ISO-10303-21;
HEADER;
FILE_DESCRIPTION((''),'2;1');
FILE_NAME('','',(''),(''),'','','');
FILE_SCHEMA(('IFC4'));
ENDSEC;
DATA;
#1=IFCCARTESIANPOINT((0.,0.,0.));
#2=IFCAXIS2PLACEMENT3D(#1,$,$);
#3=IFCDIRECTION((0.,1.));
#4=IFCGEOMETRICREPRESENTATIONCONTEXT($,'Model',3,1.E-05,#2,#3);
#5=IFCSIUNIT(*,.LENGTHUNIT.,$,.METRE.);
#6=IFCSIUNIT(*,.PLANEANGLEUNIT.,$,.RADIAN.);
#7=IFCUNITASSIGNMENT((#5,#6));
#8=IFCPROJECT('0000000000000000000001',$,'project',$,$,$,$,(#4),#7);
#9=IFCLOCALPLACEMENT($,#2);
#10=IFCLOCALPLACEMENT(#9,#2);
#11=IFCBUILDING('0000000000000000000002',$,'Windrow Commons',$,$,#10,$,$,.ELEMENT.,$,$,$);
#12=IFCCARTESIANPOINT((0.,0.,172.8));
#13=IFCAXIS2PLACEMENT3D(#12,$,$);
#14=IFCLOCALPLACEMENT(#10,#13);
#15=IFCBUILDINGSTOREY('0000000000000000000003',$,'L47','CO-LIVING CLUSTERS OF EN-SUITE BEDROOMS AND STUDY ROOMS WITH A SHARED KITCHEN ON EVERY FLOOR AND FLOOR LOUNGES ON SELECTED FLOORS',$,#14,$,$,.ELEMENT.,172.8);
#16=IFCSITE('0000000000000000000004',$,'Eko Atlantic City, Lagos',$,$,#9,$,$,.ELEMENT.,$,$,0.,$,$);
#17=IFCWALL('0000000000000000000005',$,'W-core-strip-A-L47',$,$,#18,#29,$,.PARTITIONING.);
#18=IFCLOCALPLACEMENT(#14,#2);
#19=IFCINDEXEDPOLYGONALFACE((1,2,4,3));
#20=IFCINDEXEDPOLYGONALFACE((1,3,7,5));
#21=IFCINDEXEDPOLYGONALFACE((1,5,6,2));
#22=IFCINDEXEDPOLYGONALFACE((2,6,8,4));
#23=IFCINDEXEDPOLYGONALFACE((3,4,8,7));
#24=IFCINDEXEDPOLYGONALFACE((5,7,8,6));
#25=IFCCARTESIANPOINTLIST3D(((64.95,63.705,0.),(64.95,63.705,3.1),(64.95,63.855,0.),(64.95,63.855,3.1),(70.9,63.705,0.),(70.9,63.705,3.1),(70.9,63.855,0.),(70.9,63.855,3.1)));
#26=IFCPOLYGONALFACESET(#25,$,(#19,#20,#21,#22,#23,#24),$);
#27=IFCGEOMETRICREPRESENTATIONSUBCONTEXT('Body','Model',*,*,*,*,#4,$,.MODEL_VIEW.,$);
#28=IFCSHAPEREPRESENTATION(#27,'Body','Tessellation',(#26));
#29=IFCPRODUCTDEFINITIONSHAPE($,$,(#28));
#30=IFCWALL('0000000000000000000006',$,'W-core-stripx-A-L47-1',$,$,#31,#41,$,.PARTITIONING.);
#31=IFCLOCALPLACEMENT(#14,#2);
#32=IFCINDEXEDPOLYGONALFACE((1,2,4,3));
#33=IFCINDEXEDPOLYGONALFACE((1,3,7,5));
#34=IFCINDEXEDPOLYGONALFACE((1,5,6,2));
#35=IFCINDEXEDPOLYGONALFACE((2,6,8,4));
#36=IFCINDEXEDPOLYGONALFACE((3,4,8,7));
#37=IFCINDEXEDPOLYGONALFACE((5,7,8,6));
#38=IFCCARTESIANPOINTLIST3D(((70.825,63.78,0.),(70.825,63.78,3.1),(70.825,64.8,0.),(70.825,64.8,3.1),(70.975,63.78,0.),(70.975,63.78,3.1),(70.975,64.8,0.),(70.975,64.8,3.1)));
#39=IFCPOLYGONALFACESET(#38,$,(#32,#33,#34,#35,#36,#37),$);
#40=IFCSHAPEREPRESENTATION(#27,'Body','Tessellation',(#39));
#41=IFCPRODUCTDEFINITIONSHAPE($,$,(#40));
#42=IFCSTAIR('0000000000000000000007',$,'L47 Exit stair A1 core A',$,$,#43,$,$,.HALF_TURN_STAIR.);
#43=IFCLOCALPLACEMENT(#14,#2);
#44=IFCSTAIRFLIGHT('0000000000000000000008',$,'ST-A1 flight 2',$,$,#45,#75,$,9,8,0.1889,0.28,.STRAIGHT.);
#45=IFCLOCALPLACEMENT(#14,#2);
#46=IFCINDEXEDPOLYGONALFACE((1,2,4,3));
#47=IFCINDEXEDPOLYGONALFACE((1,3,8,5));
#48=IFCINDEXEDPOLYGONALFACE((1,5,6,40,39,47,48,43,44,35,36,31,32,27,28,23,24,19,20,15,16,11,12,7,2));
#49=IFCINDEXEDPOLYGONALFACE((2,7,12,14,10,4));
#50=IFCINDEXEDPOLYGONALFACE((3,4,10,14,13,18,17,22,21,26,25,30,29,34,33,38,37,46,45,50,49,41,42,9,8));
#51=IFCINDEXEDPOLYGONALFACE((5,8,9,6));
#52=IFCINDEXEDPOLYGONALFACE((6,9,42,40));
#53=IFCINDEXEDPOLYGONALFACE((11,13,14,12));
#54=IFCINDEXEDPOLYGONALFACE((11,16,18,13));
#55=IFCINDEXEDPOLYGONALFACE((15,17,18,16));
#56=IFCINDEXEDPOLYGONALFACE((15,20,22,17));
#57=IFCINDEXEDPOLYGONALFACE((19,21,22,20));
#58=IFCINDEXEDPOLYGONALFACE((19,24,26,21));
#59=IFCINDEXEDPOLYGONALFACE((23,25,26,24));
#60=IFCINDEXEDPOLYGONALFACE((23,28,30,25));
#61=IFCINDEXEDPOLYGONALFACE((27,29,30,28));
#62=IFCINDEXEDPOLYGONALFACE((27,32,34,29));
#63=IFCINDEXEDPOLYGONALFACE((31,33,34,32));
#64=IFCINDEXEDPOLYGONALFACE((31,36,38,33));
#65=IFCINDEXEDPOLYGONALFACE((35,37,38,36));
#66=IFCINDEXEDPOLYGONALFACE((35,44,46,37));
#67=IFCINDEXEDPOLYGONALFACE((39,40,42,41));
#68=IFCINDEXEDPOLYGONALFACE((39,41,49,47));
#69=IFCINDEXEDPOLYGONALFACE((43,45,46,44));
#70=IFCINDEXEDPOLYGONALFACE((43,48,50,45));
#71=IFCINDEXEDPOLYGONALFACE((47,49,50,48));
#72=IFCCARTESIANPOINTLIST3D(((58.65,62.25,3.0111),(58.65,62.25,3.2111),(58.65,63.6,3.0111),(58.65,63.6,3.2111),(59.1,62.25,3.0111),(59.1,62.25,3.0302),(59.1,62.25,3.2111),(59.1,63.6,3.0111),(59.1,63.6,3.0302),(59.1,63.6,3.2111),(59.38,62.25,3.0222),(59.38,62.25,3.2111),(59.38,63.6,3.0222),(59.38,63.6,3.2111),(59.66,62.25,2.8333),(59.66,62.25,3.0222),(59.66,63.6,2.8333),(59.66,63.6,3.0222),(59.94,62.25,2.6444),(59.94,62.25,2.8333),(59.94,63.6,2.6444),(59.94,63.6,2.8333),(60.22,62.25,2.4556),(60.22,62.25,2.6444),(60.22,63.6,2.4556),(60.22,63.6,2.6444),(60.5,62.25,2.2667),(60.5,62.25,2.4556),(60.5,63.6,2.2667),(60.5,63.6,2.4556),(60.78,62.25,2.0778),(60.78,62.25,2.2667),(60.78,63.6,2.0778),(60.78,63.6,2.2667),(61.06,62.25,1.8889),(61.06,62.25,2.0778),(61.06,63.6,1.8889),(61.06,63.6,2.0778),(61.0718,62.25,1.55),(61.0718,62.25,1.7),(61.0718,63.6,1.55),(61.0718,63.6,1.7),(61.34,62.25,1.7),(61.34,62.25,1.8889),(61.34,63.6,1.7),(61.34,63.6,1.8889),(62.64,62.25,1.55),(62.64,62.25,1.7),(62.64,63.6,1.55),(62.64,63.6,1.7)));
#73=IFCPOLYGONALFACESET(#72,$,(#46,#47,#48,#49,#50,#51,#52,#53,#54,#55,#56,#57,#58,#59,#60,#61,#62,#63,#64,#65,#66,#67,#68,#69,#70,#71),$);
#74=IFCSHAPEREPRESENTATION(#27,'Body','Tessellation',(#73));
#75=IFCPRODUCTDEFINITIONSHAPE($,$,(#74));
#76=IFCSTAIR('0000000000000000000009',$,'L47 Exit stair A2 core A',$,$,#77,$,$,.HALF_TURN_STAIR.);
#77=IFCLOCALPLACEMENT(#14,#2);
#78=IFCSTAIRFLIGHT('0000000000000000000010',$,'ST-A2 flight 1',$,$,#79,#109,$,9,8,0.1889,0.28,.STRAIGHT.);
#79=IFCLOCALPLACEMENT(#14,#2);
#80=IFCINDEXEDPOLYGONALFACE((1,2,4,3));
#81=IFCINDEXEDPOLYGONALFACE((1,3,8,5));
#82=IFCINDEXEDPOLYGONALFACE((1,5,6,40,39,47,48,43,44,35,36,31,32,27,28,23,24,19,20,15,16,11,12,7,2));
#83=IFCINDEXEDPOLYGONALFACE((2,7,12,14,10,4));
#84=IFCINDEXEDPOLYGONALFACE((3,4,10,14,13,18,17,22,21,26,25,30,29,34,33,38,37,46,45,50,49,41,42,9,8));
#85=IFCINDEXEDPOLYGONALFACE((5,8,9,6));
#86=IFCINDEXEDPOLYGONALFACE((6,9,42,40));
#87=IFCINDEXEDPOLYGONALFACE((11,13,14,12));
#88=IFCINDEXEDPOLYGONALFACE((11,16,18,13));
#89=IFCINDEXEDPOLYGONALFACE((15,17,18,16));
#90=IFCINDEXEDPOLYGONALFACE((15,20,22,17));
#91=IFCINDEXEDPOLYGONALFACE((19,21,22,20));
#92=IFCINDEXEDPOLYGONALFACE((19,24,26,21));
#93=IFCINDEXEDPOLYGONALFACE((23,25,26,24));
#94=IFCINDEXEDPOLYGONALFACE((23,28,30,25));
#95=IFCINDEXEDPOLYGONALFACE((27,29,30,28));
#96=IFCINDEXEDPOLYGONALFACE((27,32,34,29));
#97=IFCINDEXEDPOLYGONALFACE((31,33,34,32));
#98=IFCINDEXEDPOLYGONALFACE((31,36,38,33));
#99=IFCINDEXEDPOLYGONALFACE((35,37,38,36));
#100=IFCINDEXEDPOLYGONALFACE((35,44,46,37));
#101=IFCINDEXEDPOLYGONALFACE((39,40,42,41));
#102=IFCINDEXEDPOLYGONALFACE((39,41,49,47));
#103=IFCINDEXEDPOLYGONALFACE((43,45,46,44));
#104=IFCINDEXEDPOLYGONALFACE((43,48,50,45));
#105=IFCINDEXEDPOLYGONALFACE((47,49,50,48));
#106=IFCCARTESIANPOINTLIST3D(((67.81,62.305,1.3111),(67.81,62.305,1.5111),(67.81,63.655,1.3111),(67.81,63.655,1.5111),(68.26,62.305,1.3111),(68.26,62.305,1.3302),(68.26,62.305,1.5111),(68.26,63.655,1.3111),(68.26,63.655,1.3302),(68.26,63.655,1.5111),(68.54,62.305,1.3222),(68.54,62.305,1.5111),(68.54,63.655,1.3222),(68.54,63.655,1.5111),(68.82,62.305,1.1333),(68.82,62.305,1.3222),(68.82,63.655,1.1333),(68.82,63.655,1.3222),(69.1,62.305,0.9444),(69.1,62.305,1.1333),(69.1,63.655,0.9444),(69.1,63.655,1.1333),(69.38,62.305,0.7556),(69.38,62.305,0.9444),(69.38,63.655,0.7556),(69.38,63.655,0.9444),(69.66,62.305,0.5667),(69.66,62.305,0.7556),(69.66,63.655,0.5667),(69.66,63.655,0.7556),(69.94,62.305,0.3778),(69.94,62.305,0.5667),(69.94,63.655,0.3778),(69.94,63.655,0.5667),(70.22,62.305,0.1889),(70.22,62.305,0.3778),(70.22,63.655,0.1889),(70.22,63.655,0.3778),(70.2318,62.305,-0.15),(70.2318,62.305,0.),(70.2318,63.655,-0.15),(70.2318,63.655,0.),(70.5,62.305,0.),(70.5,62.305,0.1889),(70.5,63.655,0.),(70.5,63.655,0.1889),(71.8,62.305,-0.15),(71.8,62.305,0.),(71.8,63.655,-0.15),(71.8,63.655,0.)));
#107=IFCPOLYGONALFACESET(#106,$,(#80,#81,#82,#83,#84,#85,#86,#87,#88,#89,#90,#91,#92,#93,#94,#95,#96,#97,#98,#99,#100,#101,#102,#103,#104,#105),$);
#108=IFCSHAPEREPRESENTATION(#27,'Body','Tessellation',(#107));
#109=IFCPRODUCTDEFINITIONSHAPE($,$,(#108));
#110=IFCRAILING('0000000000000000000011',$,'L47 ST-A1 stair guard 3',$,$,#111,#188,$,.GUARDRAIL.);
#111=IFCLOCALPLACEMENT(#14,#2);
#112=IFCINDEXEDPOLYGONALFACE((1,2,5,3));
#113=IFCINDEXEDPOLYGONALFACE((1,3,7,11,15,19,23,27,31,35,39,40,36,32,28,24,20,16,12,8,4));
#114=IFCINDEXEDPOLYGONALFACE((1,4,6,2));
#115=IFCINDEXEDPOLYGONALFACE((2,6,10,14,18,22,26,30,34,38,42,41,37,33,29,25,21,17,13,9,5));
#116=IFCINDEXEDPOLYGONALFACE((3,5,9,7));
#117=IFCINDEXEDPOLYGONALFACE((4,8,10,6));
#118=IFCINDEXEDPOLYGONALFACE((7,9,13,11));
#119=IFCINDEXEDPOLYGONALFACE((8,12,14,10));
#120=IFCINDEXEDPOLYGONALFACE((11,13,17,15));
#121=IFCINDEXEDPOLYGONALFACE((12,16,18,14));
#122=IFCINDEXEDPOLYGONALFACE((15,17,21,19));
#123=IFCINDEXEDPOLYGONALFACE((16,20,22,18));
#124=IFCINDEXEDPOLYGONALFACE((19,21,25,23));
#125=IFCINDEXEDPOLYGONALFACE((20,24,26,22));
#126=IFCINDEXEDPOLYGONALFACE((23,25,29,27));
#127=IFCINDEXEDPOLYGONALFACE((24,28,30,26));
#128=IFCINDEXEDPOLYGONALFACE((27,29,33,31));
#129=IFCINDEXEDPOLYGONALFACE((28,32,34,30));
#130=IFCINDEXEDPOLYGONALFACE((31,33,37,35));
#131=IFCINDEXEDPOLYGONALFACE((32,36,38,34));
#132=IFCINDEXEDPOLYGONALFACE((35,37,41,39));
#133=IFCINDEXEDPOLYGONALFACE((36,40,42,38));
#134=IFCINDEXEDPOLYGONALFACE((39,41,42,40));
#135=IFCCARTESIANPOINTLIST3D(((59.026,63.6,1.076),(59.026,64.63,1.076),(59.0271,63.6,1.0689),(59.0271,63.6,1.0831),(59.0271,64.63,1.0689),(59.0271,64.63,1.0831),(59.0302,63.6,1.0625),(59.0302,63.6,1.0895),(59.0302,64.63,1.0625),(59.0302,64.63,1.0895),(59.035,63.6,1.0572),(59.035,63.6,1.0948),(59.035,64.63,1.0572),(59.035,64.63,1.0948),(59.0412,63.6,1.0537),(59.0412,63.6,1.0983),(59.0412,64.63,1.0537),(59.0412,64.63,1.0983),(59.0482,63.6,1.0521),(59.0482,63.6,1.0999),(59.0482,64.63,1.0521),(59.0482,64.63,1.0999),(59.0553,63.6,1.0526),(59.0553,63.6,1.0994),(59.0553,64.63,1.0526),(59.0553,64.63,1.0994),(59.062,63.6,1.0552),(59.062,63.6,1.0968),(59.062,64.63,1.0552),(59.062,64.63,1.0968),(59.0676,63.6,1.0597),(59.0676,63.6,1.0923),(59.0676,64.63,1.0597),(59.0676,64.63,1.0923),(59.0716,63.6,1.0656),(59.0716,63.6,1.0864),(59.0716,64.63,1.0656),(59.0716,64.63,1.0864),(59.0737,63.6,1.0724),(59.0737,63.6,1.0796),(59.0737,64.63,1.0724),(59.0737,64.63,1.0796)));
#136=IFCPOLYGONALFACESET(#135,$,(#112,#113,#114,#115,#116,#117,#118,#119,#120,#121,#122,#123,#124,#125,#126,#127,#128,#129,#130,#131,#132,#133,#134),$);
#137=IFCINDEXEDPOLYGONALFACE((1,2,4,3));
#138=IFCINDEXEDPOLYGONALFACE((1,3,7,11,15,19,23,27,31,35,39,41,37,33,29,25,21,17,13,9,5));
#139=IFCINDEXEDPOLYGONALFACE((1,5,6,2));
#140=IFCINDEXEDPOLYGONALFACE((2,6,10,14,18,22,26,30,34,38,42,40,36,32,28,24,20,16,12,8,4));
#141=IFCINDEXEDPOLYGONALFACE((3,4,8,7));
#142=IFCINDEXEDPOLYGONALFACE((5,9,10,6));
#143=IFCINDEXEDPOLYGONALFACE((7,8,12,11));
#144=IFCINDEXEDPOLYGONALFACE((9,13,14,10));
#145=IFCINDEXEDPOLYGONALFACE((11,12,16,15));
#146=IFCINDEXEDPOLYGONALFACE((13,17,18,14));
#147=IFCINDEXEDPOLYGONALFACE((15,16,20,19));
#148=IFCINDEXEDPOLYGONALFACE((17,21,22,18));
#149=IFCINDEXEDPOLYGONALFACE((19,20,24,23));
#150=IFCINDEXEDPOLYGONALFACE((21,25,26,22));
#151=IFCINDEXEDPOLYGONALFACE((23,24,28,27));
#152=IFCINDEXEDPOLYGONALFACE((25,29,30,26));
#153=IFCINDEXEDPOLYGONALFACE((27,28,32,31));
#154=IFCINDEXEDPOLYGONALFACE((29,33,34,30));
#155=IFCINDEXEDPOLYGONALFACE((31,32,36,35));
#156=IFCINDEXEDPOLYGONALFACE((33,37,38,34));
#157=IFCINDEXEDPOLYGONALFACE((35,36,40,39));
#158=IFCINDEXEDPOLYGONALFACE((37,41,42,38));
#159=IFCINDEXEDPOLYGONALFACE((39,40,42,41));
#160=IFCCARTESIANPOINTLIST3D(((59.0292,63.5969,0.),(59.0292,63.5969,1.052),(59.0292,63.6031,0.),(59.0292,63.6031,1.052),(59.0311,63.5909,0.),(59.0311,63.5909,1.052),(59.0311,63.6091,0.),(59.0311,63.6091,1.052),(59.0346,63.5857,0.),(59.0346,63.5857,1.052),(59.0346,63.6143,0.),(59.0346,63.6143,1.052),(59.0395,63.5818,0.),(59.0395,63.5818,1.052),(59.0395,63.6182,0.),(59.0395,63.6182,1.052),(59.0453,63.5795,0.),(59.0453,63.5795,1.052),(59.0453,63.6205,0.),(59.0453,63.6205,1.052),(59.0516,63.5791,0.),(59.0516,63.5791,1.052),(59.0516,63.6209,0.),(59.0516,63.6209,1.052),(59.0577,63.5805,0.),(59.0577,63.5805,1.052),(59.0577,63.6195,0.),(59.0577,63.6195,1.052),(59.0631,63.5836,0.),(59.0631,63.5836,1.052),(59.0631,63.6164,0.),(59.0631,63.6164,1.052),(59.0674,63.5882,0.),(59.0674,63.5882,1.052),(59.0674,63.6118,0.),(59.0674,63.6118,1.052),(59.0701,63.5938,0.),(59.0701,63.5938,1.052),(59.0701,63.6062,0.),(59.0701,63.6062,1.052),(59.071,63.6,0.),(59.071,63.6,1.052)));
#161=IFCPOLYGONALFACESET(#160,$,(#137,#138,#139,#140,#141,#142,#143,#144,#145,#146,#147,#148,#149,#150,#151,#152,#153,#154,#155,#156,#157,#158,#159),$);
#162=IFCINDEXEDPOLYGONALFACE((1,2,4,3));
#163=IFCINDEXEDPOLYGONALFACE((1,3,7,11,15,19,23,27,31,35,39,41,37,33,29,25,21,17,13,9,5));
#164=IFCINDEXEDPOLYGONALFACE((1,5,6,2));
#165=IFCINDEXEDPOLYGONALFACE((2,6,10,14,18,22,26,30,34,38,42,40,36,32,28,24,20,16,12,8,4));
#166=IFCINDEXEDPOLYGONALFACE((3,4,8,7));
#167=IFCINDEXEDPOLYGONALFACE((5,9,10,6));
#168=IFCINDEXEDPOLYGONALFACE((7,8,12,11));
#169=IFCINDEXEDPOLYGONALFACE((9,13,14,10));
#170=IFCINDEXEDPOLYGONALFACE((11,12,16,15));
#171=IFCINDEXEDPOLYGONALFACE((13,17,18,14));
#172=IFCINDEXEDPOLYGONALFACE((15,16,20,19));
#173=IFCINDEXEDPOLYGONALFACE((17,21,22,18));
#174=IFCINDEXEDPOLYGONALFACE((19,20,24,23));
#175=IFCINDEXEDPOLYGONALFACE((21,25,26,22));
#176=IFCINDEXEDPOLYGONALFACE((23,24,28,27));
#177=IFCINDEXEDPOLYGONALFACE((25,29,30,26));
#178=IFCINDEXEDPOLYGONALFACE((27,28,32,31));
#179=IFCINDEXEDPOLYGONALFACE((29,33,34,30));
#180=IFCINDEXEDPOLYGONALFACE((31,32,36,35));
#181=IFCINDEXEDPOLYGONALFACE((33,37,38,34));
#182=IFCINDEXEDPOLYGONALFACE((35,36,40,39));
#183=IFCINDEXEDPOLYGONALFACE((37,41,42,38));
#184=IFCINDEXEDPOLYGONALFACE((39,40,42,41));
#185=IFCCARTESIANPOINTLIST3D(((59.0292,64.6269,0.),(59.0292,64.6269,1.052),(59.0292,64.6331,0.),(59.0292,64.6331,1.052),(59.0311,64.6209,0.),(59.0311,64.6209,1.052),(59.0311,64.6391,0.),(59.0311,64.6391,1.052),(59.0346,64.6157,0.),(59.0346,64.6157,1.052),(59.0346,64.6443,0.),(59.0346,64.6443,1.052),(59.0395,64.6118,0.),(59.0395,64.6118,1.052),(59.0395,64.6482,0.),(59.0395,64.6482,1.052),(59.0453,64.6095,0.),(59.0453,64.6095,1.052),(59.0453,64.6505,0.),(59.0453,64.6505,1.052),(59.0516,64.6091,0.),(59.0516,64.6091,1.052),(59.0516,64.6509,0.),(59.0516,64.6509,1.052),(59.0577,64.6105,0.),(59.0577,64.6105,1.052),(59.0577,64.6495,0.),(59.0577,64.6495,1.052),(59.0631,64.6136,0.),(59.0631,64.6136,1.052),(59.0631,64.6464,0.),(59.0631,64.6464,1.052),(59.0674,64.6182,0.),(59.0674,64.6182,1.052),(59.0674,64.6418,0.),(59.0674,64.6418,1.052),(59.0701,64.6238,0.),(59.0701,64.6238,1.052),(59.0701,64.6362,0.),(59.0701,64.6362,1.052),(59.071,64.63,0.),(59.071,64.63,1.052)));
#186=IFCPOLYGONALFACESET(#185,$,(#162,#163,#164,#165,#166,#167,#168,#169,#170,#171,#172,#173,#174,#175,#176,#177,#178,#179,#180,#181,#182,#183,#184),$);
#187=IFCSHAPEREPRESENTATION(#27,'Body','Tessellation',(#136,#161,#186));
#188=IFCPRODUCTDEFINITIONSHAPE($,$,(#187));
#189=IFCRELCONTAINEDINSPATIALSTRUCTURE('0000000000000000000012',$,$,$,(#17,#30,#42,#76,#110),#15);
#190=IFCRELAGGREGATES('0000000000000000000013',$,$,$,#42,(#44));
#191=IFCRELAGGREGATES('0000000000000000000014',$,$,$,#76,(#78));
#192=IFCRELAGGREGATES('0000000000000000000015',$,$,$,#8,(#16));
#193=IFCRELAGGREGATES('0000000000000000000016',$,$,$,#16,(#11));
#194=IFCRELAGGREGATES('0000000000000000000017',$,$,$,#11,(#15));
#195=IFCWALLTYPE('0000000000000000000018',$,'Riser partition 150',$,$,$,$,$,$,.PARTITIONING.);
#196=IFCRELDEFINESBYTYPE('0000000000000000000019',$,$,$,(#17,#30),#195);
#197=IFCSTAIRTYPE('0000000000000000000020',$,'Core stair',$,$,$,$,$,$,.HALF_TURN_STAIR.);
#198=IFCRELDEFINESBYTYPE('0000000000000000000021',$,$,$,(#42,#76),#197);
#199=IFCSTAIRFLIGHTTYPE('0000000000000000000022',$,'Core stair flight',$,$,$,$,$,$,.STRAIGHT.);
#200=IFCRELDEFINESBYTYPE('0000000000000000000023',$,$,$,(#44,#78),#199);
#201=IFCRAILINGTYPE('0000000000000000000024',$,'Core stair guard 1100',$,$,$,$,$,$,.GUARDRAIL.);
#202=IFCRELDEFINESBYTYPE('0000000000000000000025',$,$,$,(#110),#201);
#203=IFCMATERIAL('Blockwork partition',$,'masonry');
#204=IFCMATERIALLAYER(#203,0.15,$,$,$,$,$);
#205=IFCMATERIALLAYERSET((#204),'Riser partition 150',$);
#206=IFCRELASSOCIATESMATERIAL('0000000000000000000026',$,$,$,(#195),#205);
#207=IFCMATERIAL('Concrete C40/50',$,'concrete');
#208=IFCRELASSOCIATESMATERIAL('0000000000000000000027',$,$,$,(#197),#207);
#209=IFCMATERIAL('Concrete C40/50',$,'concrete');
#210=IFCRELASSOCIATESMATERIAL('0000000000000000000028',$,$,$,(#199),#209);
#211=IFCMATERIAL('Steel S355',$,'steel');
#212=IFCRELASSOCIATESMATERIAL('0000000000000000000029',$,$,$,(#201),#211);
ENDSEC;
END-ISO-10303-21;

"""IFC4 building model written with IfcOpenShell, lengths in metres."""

from ifc_helpers import new_model, si_unit, direction, frame, frame_2d, origin, origin_2d, place, context, subcontext, project, spatial, polyline, rectangle, circle, outline, extrude, material, layer, layer_set, type_object, element, aggregate, save


model = new_model("IFC4")

# Units and contexts
model_context = context("Model", 3, precision=1e-05, world=origin(), true_north=direction((0.0, 1.0)))
body_context = subcontext(model_context, "Body", "Model", "MODEL_VIEW")
ifc_project = project(units=[si_unit("LENGTHUNIT", "METRE"), si_unit("PLANEANGLEUNIT", "RADIAN")], contexts=[model_context])

# Site, building, storey
site_placement = place(None, origin())
site = spatial("IfcSite", under=ifc_project, at=site_placement, Name="Eko Atlantic City, Lagos", CompositionType="ELEMENT", RefElevation=0.0)
building_placement = place(site_placement, origin())
building = spatial("IfcBuilding", under=site, at=building_placement, Name="Windrow Commons", CompositionType="ELEMENT")
storey_placement = place(building_placement, frame((0.0, 0.0, 172.8)))
storey = spatial("IfcBuildingStorey", under=building, at=storey_placement, Name="L47", Description="CO-LIVING CLUSTERS OF EN-SUITE BEDROOMS AND STUDY ROOMS WITH A SHARED KITCHEN ON EVERY FLOOR AND FLOOR LOUNGES ON SELECTED FLOORS", CompositionType="ELEMENT", Elevation=172.8)

# Walls
ifc_material_1 = material(Name="Blockwork partition", Category="masonry")
ifc_layer_1 = layer(ifc_material_1, 0.15)
ifc_layer_set_1 = layer_set([ifc_layer_1], Name="Riser partition 150")
wall_type_1 = type_object("IfcWallType", Name="Riser partition 150", PredefinedType="PARTITIONING", material=ifc_layer_set_1)
wall_1_placement = place(storey_placement, frame((64.95, 63.78, 0.0), z_axis=(0.0, 0.0, 1.0), x_axis=(1.0, 0.0, 0.0)))
element("IfcWall", 1, at=wall_1_placement, inside=storey, type_object=wall_type_1, Name="W-core-strip-A-L47", PredefinedType="PARTITIONING", context=body_context, shape_type="SweptSolid", body=[
    extrude(rectangle(XDim=5.95, YDim=0.15, at=frame_2d((2.975, 0.0))), origin(), (0.0, 0.0, 1.0), 3.1),
])
wall_2_placement = place(storey_placement, frame((70.9, 63.78, 0.0), z_axis=(0.0, 0.0, 1.0), x_axis=(0.0, 1.0, 0.0)))
element("IfcWall", 2, at=wall_2_placement, inside=storey, type_object=wall_type_1, Name="W-core-stripx-A-L47-1", PredefinedType="PARTITIONING", context=body_context, shape_type="SweptSolid", body=[
    extrude(rectangle(XDim=1.02, YDim=0.15, at=frame_2d((0.51, 0.0))), origin(), (0.0, 0.0, 1.0), 3.1),
])

# Stairs, stair flights
ifc_material_2 = material(Name="Concrete C40/50", Category="concrete")
stair_type = type_object("IfcStairType", Name="Core stair", PredefinedType="HALF_TURN_STAIR", material=ifc_material_2)
placement = place(storey_placement, origin())
stair_1 = element("IfcStair", 3, at=placement, inside=storey, type_object=stair_type, Name="L47 Exit stair A1 core A", PredefinedType="HALF_TURN_STAIR")
ifc_material_3 = material(Name="Concrete C40/50", Category="concrete")
stair_flight_type = type_object("IfcStairFlightType", Name="Core stair flight", PredefinedType="STRAIGHT", material=ifc_material_3)
stair_flight_1_placement = place(storey_placement, frame((61.34, 62.925, 1.7), z_axis=(0.0, 0.0, 1.0), x_axis=(-1.0, 0.0, 0.0)))
stair_flight_1 = element("IfcStairFlight", 4, at=stair_flight_1_placement, type_object=stair_flight_type, Name="ST-A1 flight 2", NumberOfRisers=9, NumberOfTreads=8, PredefinedType="STRAIGHT", RiserHeight=0.1889, TreadLength=0.28, context=body_context, shape_type="SweptSolid", body=[
    extrude(outline(polyline([(-1.3, -0.15), (-1.3, 0.0), (0.0, 0.0), (0.0, 0.1889), (0.28, 0.1889), (0.28, 0.3778), (0.56, 0.3778), (0.56, 0.5667), (0.84, 0.5667), (0.84, 0.7556), (1.12, 0.7556), (1.12, 0.9444), (1.4, 0.9444), (1.4, 1.1333), (1.68, 1.1333), (1.68, 1.3222), (1.96, 1.3222), (1.96, 1.5111), (2.24, 1.5111), (2.69, 1.5111), (2.69, 1.3111), (2.24, 1.3111), (2.24, 1.3302), (0.2682, 0.0), (0.2682, -0.15), (-1.3, -0.15)])), frame((0.0, 0.675, 0.0), z_axis=(0.0, -1.0, 0.0), x_axis=(1.0, 0.0, 0.0)), (0.0, 0.0, 1.0), 1.35),
])
aggregate(stair_1, [stair_flight_1])
stair_2 = element("IfcStair", 5, at=placement, inside=storey, type_object=stair_type, Name="L47 Exit stair A2 core A", PredefinedType="HALF_TURN_STAIR")
stair_flight_2_placement = place(storey_placement, frame((70.5, 62.98, 0.0), z_axis=(0.0, 0.0, 1.0), x_axis=(-1.0, 0.0, 0.0)))
stair_flight_2 = element("IfcStairFlight", 6, at=stair_flight_2_placement, type_object=stair_flight_type, Name="ST-A2 flight 1", NumberOfRisers=9, NumberOfTreads=8, PredefinedType="STRAIGHT", RiserHeight=0.1889, TreadLength=0.28, context=body_context, shape_type="SweptSolid", body=[
    extrude(outline(polyline([(-1.3, -0.15), (-1.3, 0.0), (0.0, 0.0), (0.0, 0.1889), (0.28, 0.1889), (0.28, 0.3778), (0.56, 0.3778), (0.56, 0.5667), (0.84, 0.5667), (0.84, 0.7556), (1.12, 0.7556), (1.12, 0.9444), (1.4, 0.9444), (1.4, 1.1333), (1.68, 1.1333), (1.68, 1.3222), (1.96, 1.3222), (1.96, 1.5111), (2.24, 1.5111), (2.69, 1.5111), (2.69, 1.3111), (2.24, 1.3111), (2.24, 1.3302), (0.2682, 0.0), (0.2682, -0.15), (-1.3, -0.15)])), frame((0.0, 0.675, 0.0), z_axis=(0.0, -1.0, 0.0), x_axis=(1.0, 0.0, 0.0)), (0.0, 0.0, 1.0), 1.35),
])
aggregate(stair_2, [stair_flight_2])

# Railing
ifc_material_4 = material(Name="Steel S355", Category="steel")
railing_type_1 = type_object("IfcRailingType", Name="Core stair guard 1100", PredefinedType="GUARDRAIL", material=ifc_material_4)
for number, where, name in (
    (7, (59.05, 63.6, 0.0), "L47 ST-A1 stair guard 3"),
):
    element("IfcRailing", number, at=place(storey_placement, frame(where)), inside=storey, type_object=railing_type_1, Name=name, PredefinedType="GUARDRAIL", context=body_context, shape_type="SweptSolid", body=[
        extrude(circle(Radius=0.024, at=origin_2d()), frame((0.0, 0.0, 1.076), z_axis=(0.0, 1.0, 0.0), x_axis=(-1.0, 0.0, 0.0)), (0.0, 0.0, 1.0), 1.03),
        extrude(circle(Radius=0.021, at=origin_2d()), origin(), (0.0, 0.0, 1.0), 1.052),
        extrude(circle(Radius=0.021, at=origin_2d()), frame((0.0, 1.03, 0.0)), (0.0, 0.0, 1.0), 1.052),
    ])

save(model, "model.ifc")
